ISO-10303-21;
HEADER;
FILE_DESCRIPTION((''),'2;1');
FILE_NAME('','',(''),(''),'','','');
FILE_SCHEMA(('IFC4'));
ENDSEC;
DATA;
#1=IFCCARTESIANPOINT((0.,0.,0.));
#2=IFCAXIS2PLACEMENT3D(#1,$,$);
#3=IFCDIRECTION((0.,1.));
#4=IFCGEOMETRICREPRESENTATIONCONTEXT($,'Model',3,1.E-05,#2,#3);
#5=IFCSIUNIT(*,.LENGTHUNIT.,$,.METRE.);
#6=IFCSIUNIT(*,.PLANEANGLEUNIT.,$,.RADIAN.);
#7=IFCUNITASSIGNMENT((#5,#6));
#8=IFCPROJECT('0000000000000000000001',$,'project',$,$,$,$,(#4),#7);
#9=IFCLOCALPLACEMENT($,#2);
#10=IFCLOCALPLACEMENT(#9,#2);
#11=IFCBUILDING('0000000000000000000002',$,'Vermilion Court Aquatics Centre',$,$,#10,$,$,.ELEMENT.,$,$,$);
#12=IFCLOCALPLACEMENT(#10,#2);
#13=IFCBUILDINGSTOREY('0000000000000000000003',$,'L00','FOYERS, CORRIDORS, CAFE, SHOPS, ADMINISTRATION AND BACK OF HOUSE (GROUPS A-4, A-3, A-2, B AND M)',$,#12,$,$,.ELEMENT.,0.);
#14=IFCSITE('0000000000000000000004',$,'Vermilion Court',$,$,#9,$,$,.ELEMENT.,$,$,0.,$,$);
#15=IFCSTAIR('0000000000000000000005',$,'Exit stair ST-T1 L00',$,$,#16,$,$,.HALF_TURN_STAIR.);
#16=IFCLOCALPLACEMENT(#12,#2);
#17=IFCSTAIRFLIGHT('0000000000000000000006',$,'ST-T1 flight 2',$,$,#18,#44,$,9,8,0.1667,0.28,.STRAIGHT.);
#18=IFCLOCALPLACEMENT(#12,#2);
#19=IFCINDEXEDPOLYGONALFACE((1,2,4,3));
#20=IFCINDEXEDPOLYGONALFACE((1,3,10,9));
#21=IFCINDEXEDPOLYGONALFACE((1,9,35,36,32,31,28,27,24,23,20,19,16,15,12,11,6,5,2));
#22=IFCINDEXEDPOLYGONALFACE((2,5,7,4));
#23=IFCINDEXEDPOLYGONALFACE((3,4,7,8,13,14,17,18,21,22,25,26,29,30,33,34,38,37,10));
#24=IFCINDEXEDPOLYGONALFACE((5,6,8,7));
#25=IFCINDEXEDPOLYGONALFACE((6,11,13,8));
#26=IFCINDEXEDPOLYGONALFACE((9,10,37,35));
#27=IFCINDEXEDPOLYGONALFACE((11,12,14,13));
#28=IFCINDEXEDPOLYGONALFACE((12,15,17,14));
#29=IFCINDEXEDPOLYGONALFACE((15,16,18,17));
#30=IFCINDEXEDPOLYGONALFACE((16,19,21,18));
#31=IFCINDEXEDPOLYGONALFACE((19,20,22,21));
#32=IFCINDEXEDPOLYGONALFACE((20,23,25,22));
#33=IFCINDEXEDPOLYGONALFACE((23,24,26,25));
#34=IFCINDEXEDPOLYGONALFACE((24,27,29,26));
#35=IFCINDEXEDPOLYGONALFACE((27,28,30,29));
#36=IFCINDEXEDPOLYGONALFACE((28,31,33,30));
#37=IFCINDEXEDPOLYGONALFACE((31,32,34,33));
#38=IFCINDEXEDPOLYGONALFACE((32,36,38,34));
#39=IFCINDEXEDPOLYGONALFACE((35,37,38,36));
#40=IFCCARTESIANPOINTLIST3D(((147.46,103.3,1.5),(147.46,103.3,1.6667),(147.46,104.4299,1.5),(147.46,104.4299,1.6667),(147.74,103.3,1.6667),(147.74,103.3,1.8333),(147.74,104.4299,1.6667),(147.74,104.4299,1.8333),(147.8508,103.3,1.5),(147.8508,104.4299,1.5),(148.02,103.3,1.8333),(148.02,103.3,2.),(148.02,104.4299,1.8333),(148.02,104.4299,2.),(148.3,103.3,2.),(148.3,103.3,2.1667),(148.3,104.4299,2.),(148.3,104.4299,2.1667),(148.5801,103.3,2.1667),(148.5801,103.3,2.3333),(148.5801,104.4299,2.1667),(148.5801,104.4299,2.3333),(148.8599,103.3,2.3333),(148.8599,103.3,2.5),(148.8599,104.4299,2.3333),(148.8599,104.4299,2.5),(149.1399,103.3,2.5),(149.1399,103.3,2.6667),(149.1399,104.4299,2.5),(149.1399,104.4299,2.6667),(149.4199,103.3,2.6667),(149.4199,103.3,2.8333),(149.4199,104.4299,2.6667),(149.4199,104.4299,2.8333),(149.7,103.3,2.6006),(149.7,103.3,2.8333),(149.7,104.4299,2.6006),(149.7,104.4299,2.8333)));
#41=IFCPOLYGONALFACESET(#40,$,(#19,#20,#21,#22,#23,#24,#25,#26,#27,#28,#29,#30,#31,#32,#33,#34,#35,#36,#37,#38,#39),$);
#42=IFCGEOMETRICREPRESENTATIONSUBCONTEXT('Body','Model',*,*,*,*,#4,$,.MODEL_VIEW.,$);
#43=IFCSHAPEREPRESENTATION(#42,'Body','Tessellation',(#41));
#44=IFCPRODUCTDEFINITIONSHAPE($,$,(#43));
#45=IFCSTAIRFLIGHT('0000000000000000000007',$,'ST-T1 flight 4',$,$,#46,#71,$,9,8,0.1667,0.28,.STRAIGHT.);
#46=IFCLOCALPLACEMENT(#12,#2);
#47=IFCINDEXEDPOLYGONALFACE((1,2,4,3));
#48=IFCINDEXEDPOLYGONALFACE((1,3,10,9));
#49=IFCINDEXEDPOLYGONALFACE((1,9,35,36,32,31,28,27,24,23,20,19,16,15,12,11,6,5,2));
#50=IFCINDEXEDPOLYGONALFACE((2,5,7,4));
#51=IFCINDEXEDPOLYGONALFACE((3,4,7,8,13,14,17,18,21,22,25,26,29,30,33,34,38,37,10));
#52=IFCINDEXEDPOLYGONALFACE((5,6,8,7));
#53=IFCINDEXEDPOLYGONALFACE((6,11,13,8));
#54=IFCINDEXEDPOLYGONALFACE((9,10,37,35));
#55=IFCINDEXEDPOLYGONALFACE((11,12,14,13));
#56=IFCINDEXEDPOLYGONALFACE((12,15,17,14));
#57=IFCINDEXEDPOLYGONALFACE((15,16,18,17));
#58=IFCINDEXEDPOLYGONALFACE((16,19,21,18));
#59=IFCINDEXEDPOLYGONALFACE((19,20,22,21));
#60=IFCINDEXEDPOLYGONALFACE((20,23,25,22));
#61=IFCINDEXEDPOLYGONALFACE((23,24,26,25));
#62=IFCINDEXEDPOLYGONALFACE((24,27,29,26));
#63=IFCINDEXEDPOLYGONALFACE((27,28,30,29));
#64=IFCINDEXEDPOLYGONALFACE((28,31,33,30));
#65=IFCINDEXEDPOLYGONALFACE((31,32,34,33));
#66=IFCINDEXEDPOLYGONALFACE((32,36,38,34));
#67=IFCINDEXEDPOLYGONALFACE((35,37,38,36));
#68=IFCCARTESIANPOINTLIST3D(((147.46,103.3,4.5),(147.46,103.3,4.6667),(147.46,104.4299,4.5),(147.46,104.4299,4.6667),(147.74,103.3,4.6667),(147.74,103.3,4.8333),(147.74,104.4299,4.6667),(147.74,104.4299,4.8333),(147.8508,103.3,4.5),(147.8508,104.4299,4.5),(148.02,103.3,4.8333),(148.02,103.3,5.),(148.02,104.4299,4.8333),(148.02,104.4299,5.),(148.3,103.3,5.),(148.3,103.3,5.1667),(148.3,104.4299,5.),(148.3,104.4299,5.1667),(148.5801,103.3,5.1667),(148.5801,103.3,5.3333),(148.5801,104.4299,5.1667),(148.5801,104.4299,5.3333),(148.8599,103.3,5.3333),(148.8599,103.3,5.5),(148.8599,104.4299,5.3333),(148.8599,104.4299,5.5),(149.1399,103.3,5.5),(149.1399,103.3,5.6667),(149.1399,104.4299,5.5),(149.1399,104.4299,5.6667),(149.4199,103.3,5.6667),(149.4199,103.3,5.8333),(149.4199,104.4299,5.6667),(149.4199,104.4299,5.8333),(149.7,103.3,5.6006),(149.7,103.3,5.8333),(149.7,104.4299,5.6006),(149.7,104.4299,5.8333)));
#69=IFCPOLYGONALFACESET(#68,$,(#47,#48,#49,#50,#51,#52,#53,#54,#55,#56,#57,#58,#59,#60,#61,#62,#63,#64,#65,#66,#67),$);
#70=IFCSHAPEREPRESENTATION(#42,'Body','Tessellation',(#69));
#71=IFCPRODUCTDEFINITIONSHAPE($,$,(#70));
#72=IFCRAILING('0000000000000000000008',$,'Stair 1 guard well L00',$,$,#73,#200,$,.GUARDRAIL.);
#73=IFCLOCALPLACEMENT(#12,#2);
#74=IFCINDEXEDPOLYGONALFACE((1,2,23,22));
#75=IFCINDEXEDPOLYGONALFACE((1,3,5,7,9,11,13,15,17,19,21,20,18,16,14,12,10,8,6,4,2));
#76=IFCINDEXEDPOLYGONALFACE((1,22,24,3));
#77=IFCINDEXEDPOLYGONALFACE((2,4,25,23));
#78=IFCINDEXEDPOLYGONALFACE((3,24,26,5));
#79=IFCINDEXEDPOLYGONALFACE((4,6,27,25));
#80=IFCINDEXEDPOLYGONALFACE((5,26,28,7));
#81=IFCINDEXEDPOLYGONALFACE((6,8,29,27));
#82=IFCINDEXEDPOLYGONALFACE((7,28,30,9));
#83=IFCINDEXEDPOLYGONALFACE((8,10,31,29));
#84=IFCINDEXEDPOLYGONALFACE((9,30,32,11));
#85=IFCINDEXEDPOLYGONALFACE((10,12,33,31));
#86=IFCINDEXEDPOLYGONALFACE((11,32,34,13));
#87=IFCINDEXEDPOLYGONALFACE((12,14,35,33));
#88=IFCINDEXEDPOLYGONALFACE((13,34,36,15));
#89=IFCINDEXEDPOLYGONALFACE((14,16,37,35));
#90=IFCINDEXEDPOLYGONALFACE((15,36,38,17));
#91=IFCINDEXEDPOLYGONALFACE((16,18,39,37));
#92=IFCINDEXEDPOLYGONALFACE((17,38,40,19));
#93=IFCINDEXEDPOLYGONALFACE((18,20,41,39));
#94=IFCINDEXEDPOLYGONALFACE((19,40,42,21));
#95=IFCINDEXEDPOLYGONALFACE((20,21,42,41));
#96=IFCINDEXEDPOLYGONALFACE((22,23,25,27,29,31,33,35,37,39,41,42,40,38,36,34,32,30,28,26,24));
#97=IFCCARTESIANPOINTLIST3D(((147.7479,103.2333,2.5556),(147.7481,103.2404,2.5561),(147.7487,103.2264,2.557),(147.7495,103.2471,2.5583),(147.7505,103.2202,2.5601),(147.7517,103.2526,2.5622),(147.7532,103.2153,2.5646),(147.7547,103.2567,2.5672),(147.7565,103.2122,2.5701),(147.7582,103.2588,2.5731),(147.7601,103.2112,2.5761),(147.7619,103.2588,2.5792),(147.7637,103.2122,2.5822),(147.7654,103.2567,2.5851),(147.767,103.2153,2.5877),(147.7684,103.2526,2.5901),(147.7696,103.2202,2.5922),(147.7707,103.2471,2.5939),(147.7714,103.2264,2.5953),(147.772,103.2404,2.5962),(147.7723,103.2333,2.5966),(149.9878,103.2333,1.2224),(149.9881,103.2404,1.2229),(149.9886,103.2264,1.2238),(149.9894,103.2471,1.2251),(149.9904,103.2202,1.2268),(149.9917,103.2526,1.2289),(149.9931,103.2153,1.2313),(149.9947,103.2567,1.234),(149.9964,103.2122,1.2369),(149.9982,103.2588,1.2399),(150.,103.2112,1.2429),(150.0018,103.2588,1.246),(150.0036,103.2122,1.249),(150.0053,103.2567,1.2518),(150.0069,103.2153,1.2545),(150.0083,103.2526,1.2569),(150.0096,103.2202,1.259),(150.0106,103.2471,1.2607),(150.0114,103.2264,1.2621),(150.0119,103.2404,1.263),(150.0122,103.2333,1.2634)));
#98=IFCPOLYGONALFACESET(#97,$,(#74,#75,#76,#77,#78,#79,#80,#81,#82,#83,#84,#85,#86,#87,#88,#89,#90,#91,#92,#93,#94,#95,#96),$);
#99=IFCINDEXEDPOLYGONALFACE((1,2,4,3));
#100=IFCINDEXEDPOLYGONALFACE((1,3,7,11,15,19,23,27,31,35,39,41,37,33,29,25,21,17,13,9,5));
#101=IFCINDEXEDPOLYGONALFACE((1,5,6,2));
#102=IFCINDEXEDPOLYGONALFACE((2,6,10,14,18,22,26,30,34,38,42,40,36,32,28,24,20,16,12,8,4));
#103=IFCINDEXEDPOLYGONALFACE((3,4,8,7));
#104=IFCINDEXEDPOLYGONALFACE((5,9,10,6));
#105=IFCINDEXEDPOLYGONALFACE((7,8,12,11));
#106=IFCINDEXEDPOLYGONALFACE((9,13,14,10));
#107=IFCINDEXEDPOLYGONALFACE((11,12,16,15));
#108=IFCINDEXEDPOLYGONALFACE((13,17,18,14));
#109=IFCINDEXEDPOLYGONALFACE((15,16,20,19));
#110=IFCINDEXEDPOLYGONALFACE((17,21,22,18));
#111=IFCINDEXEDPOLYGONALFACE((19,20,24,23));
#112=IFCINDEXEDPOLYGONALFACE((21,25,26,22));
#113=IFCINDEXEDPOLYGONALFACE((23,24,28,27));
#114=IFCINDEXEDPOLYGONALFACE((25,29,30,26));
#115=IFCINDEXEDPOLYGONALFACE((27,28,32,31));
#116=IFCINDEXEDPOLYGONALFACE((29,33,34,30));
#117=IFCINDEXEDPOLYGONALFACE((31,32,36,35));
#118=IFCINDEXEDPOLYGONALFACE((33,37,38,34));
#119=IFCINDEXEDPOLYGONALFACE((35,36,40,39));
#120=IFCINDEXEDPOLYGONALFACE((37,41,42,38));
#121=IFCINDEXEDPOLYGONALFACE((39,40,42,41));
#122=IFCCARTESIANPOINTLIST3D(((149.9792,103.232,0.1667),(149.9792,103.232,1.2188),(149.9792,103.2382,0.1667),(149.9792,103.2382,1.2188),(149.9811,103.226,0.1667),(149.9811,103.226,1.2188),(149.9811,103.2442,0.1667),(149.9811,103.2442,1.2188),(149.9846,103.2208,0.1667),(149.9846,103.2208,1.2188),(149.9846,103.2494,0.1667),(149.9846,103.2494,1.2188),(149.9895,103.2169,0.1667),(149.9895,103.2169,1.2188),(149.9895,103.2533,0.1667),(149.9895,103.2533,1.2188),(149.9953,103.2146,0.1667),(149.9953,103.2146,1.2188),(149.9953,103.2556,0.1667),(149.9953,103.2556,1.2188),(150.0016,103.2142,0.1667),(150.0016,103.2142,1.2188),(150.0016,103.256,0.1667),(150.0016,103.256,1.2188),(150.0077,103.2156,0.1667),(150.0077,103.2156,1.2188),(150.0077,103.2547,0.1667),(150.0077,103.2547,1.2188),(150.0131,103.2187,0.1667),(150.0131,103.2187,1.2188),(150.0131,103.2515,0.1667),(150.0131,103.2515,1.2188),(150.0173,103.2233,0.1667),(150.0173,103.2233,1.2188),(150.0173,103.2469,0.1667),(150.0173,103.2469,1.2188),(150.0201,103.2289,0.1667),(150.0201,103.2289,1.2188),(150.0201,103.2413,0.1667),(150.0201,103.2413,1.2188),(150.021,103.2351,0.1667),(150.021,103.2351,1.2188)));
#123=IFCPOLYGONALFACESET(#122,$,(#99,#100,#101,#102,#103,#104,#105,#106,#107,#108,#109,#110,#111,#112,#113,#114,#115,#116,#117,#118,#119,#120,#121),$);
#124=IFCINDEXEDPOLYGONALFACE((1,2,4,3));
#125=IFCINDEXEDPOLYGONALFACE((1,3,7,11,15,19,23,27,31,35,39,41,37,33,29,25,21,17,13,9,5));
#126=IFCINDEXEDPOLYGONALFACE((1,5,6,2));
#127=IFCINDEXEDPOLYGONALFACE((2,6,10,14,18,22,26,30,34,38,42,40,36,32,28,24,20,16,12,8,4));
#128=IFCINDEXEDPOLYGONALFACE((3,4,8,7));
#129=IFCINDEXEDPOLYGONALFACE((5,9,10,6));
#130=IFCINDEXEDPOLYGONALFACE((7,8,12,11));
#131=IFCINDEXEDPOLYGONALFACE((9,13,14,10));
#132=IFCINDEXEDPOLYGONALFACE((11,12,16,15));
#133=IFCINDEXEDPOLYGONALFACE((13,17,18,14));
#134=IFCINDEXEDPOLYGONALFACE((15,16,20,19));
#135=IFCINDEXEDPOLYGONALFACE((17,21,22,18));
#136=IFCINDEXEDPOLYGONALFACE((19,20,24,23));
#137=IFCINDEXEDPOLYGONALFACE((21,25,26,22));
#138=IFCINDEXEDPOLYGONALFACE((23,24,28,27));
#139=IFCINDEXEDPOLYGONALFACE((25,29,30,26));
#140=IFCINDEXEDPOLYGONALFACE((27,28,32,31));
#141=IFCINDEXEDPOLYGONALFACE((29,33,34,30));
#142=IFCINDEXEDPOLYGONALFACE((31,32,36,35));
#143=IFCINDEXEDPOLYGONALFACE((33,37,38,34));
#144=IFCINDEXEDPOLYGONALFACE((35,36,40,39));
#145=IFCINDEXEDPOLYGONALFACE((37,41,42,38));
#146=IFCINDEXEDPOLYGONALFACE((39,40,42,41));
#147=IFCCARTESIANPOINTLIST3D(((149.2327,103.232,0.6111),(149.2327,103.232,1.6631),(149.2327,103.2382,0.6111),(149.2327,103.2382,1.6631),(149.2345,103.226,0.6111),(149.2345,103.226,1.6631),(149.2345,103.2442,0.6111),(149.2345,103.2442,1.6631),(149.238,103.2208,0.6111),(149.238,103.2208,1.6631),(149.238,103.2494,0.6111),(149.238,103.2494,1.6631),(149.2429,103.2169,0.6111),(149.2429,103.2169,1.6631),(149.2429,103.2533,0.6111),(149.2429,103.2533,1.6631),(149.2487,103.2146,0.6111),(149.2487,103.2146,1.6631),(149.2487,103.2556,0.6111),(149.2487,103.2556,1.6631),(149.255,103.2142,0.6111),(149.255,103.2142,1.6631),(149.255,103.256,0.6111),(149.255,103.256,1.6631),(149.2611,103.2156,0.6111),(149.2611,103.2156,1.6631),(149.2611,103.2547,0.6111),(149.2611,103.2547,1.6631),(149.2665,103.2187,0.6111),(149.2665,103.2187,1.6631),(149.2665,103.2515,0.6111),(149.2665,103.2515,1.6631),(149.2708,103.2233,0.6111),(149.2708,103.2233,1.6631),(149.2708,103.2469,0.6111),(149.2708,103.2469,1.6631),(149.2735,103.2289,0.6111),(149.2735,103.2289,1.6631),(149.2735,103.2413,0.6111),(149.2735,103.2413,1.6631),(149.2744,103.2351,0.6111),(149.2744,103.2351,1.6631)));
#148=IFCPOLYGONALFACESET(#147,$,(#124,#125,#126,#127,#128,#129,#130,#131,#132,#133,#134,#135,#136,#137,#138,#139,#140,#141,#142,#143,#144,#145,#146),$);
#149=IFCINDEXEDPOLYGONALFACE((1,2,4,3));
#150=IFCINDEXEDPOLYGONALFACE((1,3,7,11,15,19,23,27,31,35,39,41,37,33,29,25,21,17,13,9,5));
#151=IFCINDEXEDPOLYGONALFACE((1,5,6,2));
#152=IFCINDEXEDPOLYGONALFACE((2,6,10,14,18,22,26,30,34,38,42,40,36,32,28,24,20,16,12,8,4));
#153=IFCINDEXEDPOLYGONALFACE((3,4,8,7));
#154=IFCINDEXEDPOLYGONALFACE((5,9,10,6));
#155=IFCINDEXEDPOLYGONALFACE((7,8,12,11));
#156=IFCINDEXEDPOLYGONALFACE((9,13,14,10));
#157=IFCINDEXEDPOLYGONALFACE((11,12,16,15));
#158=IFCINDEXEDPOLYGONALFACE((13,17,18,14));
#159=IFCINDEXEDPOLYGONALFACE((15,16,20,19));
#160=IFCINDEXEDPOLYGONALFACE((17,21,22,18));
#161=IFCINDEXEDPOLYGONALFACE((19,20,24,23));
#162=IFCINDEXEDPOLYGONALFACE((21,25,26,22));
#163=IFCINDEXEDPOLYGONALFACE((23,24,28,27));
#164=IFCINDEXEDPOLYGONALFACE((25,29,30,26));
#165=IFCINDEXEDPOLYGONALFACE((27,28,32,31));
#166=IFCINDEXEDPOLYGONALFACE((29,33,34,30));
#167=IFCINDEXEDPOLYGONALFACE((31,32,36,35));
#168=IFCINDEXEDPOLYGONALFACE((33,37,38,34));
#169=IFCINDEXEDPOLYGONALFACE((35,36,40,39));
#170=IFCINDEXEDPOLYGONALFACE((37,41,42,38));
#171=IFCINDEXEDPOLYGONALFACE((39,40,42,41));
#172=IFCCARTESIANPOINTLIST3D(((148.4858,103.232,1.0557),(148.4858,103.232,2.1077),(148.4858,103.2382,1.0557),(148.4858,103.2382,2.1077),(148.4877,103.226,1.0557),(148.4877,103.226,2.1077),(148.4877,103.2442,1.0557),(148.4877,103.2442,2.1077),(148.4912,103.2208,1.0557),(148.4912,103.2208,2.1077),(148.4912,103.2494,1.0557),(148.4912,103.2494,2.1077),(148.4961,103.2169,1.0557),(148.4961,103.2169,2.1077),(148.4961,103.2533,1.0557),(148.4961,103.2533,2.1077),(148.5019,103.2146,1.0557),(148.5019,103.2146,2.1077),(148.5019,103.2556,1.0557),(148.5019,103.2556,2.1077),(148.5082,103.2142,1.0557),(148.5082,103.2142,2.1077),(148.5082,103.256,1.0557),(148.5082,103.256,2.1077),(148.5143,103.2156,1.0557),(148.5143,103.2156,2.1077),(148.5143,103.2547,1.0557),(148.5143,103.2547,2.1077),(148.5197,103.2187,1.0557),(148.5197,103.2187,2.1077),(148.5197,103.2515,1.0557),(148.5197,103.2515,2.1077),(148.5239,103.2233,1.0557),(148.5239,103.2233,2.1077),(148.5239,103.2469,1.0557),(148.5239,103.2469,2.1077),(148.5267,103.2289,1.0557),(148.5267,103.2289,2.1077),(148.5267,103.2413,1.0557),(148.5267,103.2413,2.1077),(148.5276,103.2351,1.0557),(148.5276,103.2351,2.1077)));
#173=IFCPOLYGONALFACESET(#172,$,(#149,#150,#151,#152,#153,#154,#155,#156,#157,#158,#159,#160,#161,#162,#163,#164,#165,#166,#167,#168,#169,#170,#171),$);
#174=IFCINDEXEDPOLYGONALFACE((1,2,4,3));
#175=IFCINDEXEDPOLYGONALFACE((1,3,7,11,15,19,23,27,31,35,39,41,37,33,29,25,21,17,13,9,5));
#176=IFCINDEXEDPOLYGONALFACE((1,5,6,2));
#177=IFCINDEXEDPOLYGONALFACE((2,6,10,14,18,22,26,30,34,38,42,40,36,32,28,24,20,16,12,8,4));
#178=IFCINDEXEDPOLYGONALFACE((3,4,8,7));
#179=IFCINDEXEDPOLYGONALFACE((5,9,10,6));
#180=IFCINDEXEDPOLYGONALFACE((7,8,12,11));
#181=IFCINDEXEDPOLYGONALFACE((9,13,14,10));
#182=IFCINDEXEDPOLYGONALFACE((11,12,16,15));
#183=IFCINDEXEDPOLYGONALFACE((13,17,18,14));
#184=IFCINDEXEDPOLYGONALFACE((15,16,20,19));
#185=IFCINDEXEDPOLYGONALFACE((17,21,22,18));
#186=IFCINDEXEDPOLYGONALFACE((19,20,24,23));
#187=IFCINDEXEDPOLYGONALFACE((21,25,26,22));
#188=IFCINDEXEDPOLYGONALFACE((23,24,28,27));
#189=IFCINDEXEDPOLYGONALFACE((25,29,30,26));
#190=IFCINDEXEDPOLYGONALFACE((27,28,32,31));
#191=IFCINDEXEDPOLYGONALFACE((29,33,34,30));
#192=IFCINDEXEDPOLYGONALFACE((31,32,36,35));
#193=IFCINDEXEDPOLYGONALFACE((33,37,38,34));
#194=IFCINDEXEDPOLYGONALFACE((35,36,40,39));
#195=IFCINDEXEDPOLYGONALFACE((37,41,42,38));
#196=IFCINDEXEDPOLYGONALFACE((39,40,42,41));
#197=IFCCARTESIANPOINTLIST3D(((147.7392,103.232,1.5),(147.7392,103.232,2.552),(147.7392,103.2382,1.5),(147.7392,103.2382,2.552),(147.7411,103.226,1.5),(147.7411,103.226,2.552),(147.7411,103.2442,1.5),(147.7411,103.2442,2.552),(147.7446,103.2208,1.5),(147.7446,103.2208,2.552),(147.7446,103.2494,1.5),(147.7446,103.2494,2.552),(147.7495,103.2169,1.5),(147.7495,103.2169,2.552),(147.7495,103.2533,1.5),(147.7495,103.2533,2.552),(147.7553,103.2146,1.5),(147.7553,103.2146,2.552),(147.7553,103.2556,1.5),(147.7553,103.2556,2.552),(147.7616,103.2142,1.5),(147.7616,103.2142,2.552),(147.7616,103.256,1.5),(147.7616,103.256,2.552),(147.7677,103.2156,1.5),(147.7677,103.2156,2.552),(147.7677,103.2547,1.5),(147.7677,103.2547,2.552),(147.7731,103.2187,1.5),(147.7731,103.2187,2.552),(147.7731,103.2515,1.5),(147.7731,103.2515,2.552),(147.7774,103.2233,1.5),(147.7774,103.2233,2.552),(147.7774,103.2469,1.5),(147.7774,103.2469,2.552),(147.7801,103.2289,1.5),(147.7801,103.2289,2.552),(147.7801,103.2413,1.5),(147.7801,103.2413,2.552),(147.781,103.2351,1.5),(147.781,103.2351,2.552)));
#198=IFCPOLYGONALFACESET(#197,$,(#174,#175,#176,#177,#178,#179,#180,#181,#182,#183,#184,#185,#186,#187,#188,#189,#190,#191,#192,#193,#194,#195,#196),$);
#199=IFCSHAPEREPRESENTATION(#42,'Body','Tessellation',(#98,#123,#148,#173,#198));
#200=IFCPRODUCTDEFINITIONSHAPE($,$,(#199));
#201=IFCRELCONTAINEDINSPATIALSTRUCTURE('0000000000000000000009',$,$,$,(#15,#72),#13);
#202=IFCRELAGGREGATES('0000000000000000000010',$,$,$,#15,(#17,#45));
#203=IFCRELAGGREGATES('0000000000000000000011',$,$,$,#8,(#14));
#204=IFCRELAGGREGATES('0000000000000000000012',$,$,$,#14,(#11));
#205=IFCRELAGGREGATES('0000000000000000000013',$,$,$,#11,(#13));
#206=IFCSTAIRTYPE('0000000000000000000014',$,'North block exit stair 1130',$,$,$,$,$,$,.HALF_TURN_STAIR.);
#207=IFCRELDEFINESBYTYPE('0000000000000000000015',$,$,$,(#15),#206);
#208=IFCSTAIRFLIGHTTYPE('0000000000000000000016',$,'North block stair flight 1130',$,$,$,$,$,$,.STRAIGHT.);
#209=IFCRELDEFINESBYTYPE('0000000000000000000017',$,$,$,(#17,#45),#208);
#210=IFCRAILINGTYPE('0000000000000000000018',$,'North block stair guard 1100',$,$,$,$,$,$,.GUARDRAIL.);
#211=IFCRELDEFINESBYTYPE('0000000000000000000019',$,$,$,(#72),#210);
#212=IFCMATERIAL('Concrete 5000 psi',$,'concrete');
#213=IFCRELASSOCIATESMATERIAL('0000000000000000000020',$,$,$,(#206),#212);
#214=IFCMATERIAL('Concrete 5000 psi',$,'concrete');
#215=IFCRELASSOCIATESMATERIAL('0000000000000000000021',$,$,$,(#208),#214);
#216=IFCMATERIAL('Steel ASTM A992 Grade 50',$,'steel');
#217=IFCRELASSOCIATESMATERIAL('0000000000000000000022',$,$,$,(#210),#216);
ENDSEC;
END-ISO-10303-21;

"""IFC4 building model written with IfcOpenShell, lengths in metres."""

from ifc_helpers import new_model, si_unit, direction, frame, origin, origin_2d, place, context, subcontext, project, spatial, polyline, circle, outline, extrude, material, type_object, element, aggregate, save


model = new_model("IFC4")

# Units and contexts
model_context = context("Model", 3, precision=1e-05, world=origin(), true_north=direction((0.0, 1.0)))
body_context = subcontext(model_context, "Body", "Model", "MODEL_VIEW")
ifc_project = project(units=[si_unit("LENGTHUNIT", "METRE"), si_unit("PLANEANGLEUNIT", "RADIAN")], contexts=[model_context])

# Site, building, storey
site_placement = place(None, origin())
site = spatial("IfcSite", under=ifc_project, at=site_placement, Name="Vermilion Court", CompositionType="ELEMENT", RefElevation=0.0)
building_placement = place(site_placement, origin())
building = spatial("IfcBuilding", under=site, at=building_placement, Name="Vermilion Court Aquatics Centre", CompositionType="ELEMENT")
storey_placement = place(building_placement, origin())
storey = spatial("IfcBuildingStorey", under=building, at=storey_placement, Name="L00", Description="FOYERS, CORRIDORS, CAFE, SHOPS, ADMINISTRATION AND BACK OF HOUSE (GROUPS A-4, A-3, A-2, B AND M)", CompositionType="ELEMENT", Elevation=0.0)

# Stair, stair flights
ifc_material_1 = material(Name="Concrete 5000 psi", Category="concrete")
stair_type = type_object("IfcStairType", Name="North block exit stair 1130", PredefinedType="HALF_TURN_STAIR", material=ifc_material_1)
stair_placement = place(storey_placement, origin())
stair = element("IfcStair", 1, at=stair_placement, inside=storey, type_object=stair_type, Name="Exit stair ST-T1 L00", PredefinedType="HALF_TURN_STAIR")
ifc_material_2 = material(Name="Concrete 5000 psi", Category="concrete")
stair_flight_type = type_object("IfcStairFlightType", Name="North block stair flight 1130", PredefinedType="STRAIGHT", material=ifc_material_2)
stair_flight_1_placement = place(storey_placement, frame((147.46, 103.865, 1.5), z_axis=(0.0, 0.0, 1.0), x_axis=(1.0, 0.0, 0.0)))
stair_flight_1 = element("IfcStairFlight", 2, at=stair_flight_1_placement, type_object=stair_flight_type, Name="ST-T1 flight 2", NumberOfRisers=9, NumberOfTreads=8, PredefinedType="STRAIGHT", RiserHeight=0.1667, TreadLength=0.28, context=body_context, shape_type="SweptSolid", body=[
    extrude(outline(polyline([(0.0, 0.0), (0.0, 0.1667), (0.28, 0.1667), (0.28, 0.3333), (0.5601, 0.3333), (0.5601, 0.5), (0.8401, 0.5), (0.8401, 0.6667), (1.1201, 0.6667), (1.1201, 0.8333), (1.3999, 0.8333), (1.3999, 1.0), (1.6799, 1.0), (1.6799, 1.1667), (1.96, 1.1667), (1.96, 1.3333), (2.24, 1.3333), (2.24, 1.5), (2.24, 1.1006), (0.3909, 0.0), (0.0, 0.0)])), frame((0.0, 0.5649, 0.0), z_axis=(0.0, -1.0, 0.0), x_axis=(1.0, 0.0, 0.0)), (0.0, 0.0, 1.0), 1.1299),
])
stair_flight_2_placement = place(storey_placement, frame((147.46, 103.865, 4.5), z_axis=(0.0, 0.0, 1.0), x_axis=(1.0, 0.0, 0.0)))
stair_flight_2 = element("IfcStairFlight", 3, at=stair_flight_2_placement, type_object=stair_flight_type, Name="ST-T1 flight 4", NumberOfRisers=9, NumberOfTreads=8, PredefinedType="STRAIGHT", RiserHeight=0.1667, TreadLength=0.28, context=body_context, shape_type="SweptSolid", body=[
    extrude(outline(polyline([(0.0, 0.0), (0.0, 0.1667), (0.28, 0.1667), (0.28, 0.3333), (0.5601, 0.3333), (0.5601, 0.5), (0.8401, 0.5), (0.8401, 0.6667), (1.1201, 0.6667), (1.1201, 0.8333), (1.3999, 0.8333), (1.3999, 1.0), (1.6799, 1.0), (1.6799, 1.1667), (1.96, 1.1667), (1.96, 1.3333), (2.24, 1.3333), (2.24, 1.5), (2.24, 1.1006), (0.3909, 0.0), (0.0, 0.0)])), frame((0.0, 0.5649, 0.0), z_axis=(0.0, -1.0, 0.0), x_axis=(1.0, 0.0, 0.0)), (0.0, 0.0, 1.0), 1.1299),
])
aggregate(stair, [stair_flight_1, stair_flight_2])

# Railing
ifc_material_3 = material(Name="Steel ASTM A992 Grade 50", Category="steel")
railing_type_1 = type_object("IfcRailingType", Name="North block stair guard 1100", PredefinedType="GUARDRAIL", material=ifc_material_3)
for number, where, name in (
    (4, (150.0, 103.2351, 0.1667), "Stair 1 guard well L00"),
):
    element("IfcRailing", number, at=place(storey_placement, frame(where)), inside=storey, type_object=railing_type_1, Name=name, PredefinedType="GUARDRAIL", context=body_context, shape_type="SweptSolid", body=[
        extrude(circle(Radius=0.0239, at=origin_2d()), frame((0.0, 0.0, 1.0762), z_axis=(-0.859306, 0.0, 0.511462), x_axis=(0.0, -1.0, 0.0)), (0.0, 0.0, 1.0), 2.6067),
        extrude(circle(Radius=0.021, at=origin_2d()), origin(), (0.0, 0.0, 1.0), 1.052),
        extrude(circle(Radius=0.021, at=origin_2d()), frame((-0.7466, 0.0, 0.4443)), (0.0, 0.0, 1.0), 1.052),
        extrude(circle(Radius=0.021, at=origin_2d()), frame((-1.4934, 0.0, 0.8889)), (0.0, 0.0, 1.0), 1.052),
        extrude(circle(Radius=0.021, at=origin_2d()), frame((-2.24, 0.0, 1.3333)), (0.0, 0.0, 1.0), 1.052),
    ])

save(model, "model.ifc")
